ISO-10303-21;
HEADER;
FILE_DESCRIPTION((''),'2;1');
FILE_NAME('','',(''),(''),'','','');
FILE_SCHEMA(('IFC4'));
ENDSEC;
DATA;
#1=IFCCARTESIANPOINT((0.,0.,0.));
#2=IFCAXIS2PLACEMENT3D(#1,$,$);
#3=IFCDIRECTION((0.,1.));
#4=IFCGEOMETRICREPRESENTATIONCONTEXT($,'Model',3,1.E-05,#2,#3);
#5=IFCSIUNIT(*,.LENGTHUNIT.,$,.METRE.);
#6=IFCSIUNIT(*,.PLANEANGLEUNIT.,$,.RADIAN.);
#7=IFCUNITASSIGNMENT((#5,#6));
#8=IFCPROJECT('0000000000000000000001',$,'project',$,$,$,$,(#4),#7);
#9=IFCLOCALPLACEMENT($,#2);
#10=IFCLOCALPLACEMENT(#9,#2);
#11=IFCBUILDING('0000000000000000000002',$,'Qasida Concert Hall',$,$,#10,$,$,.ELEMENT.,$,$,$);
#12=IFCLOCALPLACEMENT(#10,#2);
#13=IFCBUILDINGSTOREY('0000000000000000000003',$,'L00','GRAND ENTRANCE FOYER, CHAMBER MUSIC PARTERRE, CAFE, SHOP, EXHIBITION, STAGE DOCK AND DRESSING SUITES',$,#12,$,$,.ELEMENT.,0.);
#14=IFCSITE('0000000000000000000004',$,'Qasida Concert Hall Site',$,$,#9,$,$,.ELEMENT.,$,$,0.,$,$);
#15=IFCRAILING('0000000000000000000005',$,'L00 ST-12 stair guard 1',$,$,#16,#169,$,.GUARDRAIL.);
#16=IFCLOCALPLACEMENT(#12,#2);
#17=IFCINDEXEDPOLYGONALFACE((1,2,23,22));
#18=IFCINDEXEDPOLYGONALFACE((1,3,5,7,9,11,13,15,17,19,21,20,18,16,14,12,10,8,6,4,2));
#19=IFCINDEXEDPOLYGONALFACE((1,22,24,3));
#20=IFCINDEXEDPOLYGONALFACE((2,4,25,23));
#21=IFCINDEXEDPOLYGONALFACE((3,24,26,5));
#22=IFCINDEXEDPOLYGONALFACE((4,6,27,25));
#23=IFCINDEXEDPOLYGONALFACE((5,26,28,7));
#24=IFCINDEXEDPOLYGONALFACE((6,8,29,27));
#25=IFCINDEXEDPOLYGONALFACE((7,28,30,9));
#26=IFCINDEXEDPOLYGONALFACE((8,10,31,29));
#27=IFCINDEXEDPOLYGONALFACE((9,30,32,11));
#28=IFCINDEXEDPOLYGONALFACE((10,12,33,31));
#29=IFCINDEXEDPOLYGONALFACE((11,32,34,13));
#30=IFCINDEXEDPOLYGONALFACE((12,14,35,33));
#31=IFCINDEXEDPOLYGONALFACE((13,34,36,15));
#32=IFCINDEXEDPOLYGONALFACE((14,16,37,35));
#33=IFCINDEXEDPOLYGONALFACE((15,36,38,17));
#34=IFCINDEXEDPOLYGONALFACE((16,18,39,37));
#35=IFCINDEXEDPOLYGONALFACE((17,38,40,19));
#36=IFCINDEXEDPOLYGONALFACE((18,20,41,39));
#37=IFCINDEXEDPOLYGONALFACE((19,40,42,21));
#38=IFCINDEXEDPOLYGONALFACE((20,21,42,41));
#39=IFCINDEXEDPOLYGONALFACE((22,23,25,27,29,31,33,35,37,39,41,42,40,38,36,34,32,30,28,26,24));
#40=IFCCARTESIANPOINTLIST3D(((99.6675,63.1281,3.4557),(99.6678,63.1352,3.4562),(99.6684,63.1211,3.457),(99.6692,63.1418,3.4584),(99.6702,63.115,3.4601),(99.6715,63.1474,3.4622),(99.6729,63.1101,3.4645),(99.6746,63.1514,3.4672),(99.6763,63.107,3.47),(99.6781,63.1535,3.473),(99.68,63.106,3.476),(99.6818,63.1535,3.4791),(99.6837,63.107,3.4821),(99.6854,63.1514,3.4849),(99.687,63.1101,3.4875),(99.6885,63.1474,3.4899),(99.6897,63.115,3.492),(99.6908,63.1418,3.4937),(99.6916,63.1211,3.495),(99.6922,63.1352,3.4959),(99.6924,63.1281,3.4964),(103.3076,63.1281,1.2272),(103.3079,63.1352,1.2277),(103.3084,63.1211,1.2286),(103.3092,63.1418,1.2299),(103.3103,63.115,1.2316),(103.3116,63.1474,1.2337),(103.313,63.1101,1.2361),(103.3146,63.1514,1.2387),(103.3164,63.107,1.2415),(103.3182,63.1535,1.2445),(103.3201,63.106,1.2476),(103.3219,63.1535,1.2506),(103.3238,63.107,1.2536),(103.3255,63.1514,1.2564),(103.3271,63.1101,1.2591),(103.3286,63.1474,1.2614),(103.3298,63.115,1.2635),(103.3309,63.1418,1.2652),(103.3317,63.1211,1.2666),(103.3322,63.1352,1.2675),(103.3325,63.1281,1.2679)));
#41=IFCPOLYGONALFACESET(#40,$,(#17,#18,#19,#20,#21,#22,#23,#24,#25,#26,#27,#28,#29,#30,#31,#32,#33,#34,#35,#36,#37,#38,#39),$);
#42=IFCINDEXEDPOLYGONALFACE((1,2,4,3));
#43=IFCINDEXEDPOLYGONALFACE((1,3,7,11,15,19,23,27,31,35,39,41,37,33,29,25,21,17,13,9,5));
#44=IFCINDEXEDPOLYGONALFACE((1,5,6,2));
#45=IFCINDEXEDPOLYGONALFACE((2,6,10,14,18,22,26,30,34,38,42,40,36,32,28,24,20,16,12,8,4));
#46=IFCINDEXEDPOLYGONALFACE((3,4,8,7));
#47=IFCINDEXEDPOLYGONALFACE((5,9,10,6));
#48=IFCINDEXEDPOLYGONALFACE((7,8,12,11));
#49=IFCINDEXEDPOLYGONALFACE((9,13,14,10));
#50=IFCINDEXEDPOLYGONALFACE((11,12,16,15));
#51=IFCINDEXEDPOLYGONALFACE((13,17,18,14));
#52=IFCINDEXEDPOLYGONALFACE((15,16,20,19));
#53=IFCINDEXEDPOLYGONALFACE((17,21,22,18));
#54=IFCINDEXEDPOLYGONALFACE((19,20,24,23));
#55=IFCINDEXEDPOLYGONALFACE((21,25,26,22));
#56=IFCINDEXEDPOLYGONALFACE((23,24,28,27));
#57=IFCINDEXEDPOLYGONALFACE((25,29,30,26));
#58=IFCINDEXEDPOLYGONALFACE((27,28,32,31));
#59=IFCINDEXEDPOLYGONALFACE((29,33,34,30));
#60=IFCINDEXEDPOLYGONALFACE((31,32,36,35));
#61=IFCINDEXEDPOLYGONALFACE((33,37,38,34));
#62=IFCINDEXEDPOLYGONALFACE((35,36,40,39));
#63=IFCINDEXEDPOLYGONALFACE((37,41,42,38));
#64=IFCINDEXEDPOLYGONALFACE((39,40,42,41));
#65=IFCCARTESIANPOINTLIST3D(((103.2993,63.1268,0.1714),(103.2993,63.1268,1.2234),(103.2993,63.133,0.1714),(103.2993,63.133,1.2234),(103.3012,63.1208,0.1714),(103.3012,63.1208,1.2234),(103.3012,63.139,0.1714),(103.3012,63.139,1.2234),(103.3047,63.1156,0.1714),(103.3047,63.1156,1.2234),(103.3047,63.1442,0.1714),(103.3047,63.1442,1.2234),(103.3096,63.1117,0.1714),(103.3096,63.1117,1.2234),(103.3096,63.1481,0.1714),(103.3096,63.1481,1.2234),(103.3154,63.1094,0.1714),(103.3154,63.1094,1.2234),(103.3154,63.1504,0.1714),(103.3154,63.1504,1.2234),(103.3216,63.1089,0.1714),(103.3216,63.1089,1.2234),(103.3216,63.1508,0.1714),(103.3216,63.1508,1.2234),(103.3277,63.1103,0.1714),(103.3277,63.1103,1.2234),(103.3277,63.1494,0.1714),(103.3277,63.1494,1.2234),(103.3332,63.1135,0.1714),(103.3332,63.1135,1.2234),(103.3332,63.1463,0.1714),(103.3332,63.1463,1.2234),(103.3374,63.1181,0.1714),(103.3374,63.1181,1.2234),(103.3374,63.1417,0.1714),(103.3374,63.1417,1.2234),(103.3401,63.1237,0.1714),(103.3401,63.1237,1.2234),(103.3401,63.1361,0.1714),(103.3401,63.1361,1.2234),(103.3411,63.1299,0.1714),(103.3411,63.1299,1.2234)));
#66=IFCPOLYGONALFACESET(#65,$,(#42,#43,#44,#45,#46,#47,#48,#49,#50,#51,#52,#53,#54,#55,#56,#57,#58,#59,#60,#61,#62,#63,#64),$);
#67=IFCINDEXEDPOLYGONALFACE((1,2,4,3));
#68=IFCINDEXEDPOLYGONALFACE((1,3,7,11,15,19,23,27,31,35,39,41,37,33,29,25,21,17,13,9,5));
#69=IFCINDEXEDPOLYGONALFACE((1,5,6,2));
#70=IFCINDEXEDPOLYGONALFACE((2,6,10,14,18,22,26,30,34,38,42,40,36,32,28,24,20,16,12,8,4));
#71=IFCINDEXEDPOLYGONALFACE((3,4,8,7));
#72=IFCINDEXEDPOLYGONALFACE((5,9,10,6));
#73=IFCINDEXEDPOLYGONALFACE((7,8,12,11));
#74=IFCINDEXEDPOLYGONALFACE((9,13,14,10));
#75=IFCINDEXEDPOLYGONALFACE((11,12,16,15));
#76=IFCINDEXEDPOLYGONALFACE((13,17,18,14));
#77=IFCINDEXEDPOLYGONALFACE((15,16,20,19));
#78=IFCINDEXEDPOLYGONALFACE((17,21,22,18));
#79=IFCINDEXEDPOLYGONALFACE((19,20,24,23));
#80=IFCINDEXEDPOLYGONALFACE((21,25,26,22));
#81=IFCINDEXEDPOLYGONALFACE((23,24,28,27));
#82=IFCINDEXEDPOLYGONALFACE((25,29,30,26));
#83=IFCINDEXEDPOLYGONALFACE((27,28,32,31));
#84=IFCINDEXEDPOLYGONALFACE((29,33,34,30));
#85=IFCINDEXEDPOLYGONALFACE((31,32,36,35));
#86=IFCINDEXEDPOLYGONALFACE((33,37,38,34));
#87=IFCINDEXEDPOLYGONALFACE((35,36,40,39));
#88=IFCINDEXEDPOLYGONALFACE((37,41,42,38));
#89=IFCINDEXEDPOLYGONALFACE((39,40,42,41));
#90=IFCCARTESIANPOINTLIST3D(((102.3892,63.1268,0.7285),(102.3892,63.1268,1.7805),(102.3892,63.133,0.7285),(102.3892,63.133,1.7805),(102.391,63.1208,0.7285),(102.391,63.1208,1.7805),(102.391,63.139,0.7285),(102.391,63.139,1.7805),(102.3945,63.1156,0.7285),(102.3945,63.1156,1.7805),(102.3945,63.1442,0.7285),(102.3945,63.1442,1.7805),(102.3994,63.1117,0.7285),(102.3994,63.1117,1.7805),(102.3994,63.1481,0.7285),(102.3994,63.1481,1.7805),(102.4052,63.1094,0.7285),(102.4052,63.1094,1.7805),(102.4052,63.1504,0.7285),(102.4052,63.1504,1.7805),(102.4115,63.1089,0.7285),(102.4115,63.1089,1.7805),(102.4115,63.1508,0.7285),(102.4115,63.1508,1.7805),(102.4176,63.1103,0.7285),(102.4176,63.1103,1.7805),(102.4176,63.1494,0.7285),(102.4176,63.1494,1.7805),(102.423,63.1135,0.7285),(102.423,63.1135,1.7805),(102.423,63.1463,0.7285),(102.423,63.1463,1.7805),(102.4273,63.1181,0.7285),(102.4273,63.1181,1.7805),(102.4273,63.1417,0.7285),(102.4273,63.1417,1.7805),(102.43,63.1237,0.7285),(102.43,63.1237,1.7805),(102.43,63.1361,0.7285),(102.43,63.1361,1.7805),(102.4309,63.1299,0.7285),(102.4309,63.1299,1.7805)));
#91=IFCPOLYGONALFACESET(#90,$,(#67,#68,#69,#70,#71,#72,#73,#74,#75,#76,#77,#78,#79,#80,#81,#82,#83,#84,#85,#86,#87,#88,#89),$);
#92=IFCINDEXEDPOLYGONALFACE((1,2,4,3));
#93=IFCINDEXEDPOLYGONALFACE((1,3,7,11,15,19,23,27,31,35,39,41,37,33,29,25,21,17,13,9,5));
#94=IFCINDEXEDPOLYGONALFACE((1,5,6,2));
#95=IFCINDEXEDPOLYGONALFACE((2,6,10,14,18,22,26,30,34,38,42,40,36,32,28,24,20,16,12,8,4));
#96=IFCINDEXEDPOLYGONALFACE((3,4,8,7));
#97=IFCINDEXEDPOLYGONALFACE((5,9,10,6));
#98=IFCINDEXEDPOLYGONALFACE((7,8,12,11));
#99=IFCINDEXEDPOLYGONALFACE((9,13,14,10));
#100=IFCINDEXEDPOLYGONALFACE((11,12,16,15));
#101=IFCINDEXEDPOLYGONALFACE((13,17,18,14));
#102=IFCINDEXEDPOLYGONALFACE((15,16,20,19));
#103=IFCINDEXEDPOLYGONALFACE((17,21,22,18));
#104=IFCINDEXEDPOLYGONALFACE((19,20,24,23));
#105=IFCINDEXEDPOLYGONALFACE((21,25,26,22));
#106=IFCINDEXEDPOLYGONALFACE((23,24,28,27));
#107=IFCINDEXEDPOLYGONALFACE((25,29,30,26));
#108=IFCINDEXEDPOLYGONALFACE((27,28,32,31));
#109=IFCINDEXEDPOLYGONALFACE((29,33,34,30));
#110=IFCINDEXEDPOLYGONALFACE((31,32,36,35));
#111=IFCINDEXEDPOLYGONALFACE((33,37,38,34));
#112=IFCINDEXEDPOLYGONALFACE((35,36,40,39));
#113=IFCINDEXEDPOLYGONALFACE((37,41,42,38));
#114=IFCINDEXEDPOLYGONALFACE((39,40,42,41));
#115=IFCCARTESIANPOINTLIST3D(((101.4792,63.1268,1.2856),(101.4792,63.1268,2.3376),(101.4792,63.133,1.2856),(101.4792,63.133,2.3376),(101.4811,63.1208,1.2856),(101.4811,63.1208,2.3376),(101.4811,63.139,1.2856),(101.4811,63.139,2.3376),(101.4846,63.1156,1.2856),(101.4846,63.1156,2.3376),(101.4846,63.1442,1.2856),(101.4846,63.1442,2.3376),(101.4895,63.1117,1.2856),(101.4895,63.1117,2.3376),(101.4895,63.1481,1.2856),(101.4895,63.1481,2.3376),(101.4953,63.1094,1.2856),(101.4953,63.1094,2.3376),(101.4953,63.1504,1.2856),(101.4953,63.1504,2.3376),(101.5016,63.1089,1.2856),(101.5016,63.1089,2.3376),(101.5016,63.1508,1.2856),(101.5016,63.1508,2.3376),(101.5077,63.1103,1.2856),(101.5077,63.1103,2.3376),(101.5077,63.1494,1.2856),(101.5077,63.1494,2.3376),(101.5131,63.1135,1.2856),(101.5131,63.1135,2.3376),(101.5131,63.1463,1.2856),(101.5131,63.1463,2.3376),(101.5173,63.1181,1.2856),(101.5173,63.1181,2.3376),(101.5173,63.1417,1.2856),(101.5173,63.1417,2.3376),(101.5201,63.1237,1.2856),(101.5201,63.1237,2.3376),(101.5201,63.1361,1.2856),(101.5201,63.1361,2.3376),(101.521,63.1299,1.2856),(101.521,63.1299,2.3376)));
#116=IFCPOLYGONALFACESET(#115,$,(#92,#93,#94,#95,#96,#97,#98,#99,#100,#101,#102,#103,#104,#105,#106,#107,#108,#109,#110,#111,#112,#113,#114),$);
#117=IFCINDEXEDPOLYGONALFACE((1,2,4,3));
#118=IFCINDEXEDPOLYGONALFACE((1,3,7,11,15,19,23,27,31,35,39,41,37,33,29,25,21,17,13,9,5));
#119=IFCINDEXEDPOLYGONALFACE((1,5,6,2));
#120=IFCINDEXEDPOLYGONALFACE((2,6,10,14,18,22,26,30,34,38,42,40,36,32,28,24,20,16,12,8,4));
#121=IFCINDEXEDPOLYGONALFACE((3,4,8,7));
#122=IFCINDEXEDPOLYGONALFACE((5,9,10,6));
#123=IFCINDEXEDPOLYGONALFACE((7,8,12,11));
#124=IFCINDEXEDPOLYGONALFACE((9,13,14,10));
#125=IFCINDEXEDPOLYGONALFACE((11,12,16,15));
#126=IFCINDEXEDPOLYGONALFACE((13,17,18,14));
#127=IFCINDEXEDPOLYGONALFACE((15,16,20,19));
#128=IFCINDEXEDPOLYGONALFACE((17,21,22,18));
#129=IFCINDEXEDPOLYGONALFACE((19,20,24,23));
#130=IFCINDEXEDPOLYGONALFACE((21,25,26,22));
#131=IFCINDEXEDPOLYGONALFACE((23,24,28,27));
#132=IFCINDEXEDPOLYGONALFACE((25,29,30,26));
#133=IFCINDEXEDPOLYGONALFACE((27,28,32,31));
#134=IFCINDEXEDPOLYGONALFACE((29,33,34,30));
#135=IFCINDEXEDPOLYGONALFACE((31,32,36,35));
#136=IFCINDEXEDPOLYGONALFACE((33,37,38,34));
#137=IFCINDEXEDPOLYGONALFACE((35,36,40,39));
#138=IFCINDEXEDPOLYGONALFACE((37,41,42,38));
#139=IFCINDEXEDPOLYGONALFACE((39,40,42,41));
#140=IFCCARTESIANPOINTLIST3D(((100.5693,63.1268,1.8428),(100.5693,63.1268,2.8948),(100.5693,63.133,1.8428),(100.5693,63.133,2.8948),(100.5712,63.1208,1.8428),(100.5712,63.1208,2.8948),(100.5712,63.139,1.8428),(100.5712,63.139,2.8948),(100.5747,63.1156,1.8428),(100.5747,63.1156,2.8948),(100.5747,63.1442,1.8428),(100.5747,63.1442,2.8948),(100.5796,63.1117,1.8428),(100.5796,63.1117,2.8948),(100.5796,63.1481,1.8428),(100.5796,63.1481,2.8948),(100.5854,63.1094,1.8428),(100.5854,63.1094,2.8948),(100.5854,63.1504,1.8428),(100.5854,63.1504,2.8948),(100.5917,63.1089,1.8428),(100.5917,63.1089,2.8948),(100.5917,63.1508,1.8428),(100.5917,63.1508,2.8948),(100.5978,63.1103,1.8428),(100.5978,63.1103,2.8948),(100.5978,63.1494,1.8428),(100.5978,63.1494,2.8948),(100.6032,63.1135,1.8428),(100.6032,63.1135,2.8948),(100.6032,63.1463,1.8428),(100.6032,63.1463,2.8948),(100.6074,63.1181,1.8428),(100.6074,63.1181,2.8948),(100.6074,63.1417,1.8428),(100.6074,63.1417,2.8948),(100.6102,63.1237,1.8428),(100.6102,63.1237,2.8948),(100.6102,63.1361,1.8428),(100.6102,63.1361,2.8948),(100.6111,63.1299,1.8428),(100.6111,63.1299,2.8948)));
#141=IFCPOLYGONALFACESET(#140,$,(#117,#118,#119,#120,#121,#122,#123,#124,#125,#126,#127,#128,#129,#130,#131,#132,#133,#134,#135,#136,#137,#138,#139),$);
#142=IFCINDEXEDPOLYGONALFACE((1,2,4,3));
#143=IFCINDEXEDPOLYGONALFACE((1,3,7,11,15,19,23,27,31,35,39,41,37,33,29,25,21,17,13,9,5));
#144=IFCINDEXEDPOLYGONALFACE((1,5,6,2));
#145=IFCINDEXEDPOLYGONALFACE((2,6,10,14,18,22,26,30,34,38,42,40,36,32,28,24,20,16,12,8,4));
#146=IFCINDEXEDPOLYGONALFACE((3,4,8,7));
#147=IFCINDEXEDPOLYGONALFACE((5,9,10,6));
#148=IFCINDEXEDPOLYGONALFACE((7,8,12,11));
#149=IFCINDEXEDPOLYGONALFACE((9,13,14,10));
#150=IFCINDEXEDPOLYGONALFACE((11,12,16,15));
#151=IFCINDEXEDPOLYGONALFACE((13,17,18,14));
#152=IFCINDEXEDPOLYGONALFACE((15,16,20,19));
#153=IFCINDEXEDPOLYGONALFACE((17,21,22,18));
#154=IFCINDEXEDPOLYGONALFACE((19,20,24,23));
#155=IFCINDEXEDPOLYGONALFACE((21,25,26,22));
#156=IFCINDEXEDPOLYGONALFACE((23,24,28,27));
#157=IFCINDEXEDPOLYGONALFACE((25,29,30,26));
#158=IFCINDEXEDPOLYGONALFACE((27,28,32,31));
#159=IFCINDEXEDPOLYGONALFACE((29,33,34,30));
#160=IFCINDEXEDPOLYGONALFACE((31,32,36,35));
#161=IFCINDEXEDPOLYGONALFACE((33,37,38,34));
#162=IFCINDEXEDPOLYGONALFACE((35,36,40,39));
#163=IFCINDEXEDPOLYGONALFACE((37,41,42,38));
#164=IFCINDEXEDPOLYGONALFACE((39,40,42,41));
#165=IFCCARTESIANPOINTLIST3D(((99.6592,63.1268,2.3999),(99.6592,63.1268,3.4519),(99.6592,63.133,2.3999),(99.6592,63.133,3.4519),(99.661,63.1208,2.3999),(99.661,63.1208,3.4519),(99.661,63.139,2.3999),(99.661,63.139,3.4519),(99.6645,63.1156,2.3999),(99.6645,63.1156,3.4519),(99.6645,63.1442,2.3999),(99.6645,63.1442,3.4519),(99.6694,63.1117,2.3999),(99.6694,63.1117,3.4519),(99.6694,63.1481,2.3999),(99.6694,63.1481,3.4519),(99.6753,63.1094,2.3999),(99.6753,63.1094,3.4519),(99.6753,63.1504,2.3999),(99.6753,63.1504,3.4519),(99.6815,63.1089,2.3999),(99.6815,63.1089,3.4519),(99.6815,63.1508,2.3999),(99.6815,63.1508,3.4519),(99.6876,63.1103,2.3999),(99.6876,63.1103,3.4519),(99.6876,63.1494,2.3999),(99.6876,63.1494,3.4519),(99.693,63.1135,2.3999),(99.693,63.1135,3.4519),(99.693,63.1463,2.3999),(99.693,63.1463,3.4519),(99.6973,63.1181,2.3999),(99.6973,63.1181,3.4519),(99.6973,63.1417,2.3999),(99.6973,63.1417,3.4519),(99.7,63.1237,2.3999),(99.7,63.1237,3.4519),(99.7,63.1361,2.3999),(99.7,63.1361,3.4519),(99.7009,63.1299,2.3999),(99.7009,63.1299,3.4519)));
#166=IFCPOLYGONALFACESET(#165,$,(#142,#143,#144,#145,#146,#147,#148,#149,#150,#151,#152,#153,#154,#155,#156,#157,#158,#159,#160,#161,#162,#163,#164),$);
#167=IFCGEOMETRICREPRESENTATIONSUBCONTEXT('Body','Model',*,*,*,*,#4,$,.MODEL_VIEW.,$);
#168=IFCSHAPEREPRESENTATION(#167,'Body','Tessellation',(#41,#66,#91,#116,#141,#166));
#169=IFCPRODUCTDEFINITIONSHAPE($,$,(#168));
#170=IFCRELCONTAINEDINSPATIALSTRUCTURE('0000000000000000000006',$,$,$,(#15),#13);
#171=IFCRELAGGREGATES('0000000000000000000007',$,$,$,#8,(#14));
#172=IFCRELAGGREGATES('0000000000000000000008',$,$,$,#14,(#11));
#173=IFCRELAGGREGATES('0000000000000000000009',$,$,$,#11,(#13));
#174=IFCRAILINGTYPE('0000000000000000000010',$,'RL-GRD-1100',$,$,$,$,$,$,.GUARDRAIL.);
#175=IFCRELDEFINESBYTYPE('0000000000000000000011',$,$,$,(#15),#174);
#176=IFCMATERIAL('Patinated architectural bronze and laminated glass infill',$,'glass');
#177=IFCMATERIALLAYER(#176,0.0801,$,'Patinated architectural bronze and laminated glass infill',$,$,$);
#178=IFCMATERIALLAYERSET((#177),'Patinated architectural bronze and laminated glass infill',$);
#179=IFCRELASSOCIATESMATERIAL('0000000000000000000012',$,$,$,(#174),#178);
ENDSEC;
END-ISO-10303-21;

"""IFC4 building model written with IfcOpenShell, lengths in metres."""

from ifc_helpers import new_model, si_unit, direction, frame, origin, origin_2d, place, context, subcontext, project, spatial, circle, extrude, material, layer, layer_set, type_object, element, save


model = new_model("IFC4")

# Units and contexts
model_context = context("Model", 3, precision=1e-05, world=origin(), true_north=direction((0.0, 1.0)))
body_context = subcontext(model_context, "Body", "Model", "MODEL_VIEW")
ifc_project = project(units=[si_unit("LENGTHUNIT", "METRE"), si_unit("PLANEANGLEUNIT", "RADIAN")], contexts=[model_context])

# Site, building, storey
site_placement = place(None, origin())
site = spatial("IfcSite", under=ifc_project, at=site_placement, Name="Qasida Concert Hall Site", CompositionType="ELEMENT", RefElevation=0.0)
building_placement = place(site_placement, origin())
building = spatial("IfcBuilding", under=site, at=building_placement, Name="Qasida Concert Hall", CompositionType="ELEMENT")
storey_placement = place(building_placement, origin())
storey = spatial("IfcBuildingStorey", under=building, at=storey_placement, Name="L00", Description="GRAND ENTRANCE FOYER, CHAMBER MUSIC PARTERRE, CAFE, SHOP, EXHIBITION, STAGE DOCK AND DRESSING SUITES", CompositionType="ELEMENT", Elevation=0.0)

# Railing
ifc_material_1 = material(Name="Patinated architectural bronze and laminated glass infill", Category="glass")
ifc_layer_1 = layer(ifc_material_1, 0.0801, Name="Patinated architectural bronze and laminated glass infill")
ifc_layer_set_1 = layer_set([ifc_layer_1], Name="Patinated architectural bronze and laminated glass infill")
railing_type_1 = type_object("IfcRailingType", Name="RL-GRD-1100", PredefinedType="GUARDRAIL", material=ifc_layer_set_1)
railing_1_placement = place(storey_placement, frame((103.3201, 63.1299, 0.1714)))
element("IfcRailing", 1, at=railing_1_placement, inside=storey, type_object=railing_type_1, Name="L00 ST-12 stair guard 1", PredefinedType="GUARDRAIL", context=body_context, shape_type="SweptSolid", body=[
    extrude(circle(Radius=0.0239, at=origin_2d()), frame((0.0, 0.0, 1.0762), z_axis=(-0.852866, 0.0, 0.52213), x_axis=(0.0, -1.0, 0.0)), (0.0, 0.0, 1.0), 4.2681),
    extrude(circle(Radius=0.021, at=origin_2d()), origin(), (0.0, 0.0, 1.0), 1.052),
    extrude(circle(Radius=0.021, at=origin_2d()), frame((-0.9102, 0.0, 0.5571)), (0.0, 0.0, 1.0), 1.052),
    extrude(circle(Radius=0.021, at=origin_2d()), frame((-1.8201, 0.0, 1.1143)), (0.0, 0.0, 1.0), 1.052),
    extrude(circle(Radius=0.021, at=origin_2d()), frame((-2.73, 0.0, 1.6714)), (0.0, 0.0, 1.0), 1.052),
    extrude(circle(Radius=0.021, at=origin_2d()), frame((-3.6401, 0.0, 2.2285)), (0.0, 0.0, 1.0), 1.052),
])

save(model, "model.ifc")
